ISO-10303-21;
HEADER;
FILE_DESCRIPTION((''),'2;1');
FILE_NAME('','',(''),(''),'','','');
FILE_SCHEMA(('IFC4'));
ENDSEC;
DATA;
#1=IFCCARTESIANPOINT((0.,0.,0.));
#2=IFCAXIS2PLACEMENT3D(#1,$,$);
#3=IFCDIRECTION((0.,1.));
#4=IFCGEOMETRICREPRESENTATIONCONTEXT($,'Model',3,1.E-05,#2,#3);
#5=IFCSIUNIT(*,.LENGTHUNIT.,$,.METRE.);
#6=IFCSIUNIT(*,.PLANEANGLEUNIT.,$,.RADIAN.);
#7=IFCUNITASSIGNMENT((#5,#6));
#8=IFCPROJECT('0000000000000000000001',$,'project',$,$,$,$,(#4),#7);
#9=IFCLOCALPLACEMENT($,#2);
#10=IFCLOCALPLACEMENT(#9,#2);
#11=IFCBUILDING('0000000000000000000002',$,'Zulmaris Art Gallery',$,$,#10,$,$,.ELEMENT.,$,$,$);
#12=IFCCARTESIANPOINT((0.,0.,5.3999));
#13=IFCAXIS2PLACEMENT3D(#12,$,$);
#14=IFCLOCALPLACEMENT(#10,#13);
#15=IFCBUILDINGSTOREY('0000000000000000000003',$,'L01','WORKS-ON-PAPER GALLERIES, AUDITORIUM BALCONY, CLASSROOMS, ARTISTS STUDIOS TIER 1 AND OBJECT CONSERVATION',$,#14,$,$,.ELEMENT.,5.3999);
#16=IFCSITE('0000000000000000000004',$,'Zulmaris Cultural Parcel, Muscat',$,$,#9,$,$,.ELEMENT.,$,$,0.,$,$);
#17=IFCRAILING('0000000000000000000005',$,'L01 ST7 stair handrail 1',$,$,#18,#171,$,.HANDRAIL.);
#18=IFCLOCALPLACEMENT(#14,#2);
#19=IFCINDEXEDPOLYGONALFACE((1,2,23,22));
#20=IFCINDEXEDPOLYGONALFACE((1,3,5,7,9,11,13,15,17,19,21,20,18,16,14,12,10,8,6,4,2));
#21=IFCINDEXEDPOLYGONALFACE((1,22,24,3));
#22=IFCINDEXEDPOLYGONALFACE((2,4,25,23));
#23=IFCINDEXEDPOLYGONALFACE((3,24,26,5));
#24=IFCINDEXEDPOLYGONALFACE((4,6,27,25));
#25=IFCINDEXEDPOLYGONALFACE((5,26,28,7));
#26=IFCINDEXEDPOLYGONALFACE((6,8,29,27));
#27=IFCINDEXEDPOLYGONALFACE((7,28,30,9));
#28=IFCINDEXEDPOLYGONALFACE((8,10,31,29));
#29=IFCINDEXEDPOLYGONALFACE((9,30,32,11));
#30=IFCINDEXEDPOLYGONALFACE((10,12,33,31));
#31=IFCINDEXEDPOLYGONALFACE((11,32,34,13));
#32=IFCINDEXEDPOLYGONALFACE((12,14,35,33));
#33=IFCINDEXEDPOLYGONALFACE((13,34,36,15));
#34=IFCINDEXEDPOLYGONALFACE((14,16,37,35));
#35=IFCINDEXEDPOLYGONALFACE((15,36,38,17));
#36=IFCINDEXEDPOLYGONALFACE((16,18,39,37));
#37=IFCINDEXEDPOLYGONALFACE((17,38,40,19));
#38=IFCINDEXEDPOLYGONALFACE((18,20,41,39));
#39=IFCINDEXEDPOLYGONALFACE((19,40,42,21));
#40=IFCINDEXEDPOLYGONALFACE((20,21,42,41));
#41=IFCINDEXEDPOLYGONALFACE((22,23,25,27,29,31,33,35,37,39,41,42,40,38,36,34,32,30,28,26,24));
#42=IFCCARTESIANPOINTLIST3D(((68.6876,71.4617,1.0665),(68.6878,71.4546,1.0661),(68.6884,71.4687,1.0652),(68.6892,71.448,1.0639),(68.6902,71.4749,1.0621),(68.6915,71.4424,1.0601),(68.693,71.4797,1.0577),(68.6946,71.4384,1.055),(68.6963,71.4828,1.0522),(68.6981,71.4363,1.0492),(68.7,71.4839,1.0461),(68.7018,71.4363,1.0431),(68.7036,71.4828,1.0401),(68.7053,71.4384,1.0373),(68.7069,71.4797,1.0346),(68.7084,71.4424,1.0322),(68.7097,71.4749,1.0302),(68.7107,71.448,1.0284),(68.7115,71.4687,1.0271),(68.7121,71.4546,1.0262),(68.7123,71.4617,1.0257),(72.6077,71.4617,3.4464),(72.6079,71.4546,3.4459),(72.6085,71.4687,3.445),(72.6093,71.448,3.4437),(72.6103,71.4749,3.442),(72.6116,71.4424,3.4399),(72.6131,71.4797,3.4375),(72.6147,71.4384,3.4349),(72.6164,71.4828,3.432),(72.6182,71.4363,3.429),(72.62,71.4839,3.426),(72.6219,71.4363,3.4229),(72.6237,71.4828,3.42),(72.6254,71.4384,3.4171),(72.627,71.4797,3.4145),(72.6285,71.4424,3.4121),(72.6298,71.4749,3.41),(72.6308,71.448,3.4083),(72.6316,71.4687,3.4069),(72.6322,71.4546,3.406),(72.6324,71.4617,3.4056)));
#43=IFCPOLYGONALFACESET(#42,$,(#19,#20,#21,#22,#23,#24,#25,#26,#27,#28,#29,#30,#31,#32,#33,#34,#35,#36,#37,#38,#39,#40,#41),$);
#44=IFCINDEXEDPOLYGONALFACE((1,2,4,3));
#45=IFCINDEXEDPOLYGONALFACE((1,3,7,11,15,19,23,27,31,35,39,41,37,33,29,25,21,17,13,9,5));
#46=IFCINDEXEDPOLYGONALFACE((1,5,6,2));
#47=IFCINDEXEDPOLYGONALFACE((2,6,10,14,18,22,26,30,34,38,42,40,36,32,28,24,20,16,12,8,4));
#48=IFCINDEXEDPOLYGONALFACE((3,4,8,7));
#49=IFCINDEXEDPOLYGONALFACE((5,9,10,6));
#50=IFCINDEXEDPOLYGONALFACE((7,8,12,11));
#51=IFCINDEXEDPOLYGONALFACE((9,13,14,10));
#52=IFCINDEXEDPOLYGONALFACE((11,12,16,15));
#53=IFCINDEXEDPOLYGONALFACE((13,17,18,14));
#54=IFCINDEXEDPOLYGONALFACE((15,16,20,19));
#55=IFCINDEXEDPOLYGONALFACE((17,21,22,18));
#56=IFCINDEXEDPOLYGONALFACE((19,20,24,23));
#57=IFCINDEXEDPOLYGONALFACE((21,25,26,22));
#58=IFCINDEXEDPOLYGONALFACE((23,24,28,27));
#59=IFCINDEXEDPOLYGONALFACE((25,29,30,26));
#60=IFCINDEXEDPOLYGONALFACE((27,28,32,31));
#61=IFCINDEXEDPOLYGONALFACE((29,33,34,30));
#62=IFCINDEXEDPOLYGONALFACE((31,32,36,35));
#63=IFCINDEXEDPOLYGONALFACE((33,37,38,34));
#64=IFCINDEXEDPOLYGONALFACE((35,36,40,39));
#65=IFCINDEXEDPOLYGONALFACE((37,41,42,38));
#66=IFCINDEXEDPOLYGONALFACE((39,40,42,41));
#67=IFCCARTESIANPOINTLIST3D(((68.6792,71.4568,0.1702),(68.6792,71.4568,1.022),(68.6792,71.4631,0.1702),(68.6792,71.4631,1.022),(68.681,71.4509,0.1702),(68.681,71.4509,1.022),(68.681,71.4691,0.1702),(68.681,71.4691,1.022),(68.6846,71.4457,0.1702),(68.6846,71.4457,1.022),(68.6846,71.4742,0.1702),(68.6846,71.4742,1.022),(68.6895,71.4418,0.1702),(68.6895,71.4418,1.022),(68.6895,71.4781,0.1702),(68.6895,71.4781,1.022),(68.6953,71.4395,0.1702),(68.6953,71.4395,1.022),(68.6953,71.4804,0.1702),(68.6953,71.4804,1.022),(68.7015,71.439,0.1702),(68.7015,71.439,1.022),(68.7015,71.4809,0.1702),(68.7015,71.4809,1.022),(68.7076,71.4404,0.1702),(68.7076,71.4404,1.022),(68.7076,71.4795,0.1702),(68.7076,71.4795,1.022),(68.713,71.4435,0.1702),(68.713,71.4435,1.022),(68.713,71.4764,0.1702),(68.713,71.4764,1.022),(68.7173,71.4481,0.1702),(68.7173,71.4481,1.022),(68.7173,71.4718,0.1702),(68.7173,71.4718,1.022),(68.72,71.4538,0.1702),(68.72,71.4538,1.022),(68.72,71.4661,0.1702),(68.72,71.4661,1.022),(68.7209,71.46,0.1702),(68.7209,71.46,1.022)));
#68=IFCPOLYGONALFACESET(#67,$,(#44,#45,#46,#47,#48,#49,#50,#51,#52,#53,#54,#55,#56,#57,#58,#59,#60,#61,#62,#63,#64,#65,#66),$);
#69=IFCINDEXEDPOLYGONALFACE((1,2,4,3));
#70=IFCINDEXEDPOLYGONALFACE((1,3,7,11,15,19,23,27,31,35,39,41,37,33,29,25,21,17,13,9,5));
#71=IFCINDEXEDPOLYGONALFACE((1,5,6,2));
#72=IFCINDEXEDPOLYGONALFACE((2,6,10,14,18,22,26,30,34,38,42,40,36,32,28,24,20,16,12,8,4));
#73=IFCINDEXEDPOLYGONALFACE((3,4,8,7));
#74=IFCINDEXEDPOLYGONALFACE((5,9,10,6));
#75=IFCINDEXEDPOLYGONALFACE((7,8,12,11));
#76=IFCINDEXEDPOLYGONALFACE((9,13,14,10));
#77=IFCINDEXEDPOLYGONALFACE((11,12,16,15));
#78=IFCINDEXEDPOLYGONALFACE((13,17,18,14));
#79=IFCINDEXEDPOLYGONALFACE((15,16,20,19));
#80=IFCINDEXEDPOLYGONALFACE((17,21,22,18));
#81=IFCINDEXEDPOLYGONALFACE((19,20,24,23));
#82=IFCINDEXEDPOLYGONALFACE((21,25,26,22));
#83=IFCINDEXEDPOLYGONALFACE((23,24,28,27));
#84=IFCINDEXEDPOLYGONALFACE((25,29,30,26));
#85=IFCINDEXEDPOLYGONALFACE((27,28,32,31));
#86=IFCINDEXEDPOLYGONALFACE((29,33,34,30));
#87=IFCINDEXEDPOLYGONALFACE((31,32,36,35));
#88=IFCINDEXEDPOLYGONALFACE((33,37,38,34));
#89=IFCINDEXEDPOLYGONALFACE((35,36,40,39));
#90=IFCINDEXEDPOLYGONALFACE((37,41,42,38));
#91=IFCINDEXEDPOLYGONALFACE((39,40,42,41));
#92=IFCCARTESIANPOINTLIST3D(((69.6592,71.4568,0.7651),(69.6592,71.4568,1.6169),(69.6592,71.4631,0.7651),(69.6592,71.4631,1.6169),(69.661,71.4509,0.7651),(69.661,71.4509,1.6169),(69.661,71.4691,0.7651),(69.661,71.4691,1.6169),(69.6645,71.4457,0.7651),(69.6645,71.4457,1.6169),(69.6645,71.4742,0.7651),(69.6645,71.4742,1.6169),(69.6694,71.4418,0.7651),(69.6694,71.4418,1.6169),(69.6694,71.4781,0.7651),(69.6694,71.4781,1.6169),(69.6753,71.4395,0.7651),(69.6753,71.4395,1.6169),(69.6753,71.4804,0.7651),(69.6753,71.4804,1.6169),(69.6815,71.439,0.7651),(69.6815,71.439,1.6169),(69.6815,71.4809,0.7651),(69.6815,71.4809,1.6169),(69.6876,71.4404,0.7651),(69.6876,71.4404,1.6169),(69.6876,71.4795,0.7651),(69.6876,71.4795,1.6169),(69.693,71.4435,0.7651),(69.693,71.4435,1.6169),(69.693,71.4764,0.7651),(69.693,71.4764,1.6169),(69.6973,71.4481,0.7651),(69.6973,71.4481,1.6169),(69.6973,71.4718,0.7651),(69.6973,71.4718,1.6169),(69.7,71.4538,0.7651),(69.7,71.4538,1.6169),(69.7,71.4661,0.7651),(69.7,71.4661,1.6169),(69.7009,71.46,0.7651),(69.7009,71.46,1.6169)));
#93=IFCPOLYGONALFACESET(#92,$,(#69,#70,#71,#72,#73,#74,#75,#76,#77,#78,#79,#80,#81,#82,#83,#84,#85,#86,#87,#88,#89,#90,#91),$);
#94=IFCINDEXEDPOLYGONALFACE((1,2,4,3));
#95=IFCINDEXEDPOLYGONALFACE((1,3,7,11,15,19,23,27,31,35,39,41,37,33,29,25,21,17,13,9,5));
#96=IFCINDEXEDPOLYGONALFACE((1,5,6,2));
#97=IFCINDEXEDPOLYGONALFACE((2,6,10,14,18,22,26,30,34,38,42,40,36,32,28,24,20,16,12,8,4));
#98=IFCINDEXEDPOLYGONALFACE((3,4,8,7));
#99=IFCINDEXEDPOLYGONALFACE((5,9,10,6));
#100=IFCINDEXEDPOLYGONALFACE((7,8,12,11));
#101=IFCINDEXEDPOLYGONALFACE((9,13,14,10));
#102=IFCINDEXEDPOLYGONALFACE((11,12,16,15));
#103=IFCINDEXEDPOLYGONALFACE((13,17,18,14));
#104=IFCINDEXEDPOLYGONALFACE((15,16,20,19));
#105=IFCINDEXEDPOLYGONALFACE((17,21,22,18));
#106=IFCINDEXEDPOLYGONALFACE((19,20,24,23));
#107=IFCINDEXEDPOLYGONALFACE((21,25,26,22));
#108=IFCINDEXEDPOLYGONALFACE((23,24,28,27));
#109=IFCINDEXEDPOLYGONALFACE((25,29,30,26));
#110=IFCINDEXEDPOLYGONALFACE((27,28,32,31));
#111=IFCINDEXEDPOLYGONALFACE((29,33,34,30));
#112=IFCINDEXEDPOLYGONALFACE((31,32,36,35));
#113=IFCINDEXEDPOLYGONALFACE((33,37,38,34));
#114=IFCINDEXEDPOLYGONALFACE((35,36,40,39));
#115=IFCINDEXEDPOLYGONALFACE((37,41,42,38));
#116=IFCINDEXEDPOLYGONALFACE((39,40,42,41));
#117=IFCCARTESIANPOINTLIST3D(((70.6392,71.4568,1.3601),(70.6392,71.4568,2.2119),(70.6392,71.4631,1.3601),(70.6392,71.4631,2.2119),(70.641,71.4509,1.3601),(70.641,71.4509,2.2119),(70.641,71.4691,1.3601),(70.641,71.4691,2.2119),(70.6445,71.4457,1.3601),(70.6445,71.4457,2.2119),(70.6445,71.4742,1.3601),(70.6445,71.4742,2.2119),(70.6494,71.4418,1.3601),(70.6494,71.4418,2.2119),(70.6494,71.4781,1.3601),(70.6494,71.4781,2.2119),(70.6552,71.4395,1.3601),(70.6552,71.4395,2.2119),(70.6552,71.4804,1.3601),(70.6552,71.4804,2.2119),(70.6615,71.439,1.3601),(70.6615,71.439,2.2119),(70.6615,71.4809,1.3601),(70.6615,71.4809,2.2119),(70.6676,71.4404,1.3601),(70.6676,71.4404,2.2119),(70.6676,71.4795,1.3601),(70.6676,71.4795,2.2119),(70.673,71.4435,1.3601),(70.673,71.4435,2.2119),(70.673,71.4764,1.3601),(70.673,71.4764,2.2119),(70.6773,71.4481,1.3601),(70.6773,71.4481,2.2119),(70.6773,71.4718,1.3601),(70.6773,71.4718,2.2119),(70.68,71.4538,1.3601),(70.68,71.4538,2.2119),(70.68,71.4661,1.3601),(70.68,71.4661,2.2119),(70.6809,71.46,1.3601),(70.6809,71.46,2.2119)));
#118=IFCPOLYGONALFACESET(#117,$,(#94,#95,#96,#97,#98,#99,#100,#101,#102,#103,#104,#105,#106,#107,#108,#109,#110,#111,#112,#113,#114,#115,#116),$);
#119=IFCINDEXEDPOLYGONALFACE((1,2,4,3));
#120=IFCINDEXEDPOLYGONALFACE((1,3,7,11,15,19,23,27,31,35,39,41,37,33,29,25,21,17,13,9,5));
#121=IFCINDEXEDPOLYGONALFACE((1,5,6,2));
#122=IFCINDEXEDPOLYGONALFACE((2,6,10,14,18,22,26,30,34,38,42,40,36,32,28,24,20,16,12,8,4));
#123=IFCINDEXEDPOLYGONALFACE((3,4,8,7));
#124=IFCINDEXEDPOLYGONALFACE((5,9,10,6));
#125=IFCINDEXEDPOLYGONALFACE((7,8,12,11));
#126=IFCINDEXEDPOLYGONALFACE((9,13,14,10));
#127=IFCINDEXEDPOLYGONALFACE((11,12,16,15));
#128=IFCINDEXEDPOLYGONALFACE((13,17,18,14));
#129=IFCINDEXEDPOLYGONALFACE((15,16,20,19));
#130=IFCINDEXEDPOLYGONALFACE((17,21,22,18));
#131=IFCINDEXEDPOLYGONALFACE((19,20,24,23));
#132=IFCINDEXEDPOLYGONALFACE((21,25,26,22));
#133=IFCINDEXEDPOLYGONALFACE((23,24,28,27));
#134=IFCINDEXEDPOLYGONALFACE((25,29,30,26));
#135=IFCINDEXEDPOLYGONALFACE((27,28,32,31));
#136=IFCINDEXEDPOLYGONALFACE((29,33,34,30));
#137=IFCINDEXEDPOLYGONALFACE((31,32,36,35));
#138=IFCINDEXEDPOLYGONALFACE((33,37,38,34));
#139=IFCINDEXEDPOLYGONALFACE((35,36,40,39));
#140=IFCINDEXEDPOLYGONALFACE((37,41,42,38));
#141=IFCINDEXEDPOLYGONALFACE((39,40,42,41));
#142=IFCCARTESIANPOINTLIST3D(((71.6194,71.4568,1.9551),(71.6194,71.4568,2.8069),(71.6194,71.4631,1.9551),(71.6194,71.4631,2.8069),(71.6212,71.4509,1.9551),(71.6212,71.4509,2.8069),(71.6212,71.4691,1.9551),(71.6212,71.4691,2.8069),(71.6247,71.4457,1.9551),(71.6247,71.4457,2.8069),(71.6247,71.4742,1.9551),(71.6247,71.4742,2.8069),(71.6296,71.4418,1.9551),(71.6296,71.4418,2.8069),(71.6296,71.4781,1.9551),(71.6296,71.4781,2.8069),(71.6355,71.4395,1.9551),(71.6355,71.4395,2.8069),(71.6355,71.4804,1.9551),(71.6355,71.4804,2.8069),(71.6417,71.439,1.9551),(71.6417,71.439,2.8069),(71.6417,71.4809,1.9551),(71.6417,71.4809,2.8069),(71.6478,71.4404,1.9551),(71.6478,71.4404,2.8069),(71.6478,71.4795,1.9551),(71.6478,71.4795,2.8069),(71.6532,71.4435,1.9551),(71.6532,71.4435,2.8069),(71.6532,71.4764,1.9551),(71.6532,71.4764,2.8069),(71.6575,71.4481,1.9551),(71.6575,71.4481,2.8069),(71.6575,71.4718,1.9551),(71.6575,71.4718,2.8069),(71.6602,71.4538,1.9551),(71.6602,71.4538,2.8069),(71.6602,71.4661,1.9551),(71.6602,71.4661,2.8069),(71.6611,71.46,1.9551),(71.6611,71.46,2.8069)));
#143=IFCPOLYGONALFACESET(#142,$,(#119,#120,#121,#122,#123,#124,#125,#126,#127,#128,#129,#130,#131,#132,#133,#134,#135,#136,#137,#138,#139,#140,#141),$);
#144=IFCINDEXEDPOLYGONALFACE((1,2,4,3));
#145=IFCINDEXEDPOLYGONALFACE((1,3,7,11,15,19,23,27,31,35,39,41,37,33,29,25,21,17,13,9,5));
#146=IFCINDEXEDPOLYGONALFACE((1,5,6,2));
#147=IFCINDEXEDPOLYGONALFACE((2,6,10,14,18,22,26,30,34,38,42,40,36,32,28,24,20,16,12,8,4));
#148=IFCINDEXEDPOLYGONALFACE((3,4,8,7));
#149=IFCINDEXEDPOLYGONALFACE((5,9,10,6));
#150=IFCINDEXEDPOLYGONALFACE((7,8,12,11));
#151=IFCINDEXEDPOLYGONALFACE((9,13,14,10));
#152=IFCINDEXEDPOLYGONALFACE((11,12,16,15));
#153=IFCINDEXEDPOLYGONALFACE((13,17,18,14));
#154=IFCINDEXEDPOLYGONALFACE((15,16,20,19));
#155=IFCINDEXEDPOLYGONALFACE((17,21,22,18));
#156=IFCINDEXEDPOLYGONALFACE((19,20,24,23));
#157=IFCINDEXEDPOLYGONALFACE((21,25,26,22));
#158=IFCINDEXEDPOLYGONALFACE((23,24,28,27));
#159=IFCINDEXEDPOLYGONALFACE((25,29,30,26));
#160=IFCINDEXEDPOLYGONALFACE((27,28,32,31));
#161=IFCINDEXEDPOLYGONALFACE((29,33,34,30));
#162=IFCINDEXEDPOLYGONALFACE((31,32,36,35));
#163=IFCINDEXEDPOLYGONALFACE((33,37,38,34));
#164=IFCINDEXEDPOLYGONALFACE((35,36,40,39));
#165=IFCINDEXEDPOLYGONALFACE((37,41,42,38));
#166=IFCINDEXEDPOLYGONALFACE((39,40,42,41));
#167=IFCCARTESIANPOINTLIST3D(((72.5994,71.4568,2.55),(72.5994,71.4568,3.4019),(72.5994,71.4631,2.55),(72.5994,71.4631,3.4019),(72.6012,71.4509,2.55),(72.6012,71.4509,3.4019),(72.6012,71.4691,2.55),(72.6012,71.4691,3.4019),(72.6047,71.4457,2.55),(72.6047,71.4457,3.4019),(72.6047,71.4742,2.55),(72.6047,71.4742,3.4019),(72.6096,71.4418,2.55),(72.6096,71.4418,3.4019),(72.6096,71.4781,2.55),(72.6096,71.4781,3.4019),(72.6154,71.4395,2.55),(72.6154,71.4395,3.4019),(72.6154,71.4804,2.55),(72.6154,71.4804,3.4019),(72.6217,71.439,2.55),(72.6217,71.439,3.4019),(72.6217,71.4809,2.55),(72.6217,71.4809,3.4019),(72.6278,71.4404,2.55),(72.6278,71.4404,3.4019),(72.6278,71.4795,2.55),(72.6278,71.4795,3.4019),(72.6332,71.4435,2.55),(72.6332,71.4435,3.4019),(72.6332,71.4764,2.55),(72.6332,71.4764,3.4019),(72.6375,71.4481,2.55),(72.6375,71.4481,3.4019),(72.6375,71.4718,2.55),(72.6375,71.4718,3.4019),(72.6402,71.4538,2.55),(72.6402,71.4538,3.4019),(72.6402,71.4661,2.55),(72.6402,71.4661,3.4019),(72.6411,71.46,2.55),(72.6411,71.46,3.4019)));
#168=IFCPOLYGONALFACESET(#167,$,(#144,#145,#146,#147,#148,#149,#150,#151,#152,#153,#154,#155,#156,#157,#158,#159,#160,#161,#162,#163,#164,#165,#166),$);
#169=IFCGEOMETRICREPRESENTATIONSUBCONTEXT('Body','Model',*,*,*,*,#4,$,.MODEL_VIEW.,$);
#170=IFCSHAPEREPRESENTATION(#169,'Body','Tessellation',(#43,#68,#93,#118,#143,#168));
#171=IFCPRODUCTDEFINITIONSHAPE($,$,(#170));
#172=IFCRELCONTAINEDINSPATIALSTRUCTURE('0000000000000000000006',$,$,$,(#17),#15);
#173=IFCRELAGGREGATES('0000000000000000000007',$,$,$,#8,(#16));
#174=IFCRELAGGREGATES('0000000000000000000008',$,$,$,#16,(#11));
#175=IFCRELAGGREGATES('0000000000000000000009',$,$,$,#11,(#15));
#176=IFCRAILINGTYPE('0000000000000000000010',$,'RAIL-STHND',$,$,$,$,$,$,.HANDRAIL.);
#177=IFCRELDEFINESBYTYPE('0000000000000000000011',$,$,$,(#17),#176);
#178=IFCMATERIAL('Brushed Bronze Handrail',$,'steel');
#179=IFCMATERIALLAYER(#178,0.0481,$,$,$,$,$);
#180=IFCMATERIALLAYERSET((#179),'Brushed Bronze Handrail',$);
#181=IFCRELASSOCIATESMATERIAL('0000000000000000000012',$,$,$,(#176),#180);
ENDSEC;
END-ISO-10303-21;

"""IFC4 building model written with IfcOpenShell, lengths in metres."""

from ifc_helpers import new_model, si_unit, direction, frame, origin, origin_2d, place, context, subcontext, project, spatial, circle, extrude, material, layer, layer_set, type_object, element, save


model = new_model("IFC4")

# Units and contexts
model_context = context("Model", 3, precision=1e-05, world=origin(), true_north=direction((0.0, 1.0)))
body_context = subcontext(model_context, "Body", "Model", "MODEL_VIEW")
ifc_project = project(units=[si_unit("LENGTHUNIT", "METRE"), si_unit("PLANEANGLEUNIT", "RADIAN")], contexts=[model_context])

# Site, building, storey
site_placement = place(None, origin())
site = spatial("IfcSite", under=ifc_project, at=site_placement, Name="Zulmaris Cultural Parcel, Muscat", CompositionType="ELEMENT", RefElevation=0.0)
building_placement = place(site_placement, origin())
building = spatial("IfcBuilding", under=site, at=building_placement, Name="Zulmaris Art Gallery", CompositionType="ELEMENT")
storey_placement = place(building_placement, frame((0.0, 0.0, 5.3999)))
storey = spatial("IfcBuildingStorey", under=building, at=storey_placement, Name="L01", Description="WORKS-ON-PAPER GALLERIES, AUDITORIUM BALCONY, CLASSROOMS, ARTISTS STUDIOS TIER 1 AND OBJECT CONSERVATION", CompositionType="ELEMENT", Elevation=5.3999)

# Railing
ifc_material_1 = material(Name="Brushed Bronze Handrail", Category="steel")
ifc_layer_1 = layer(ifc_material_1, 0.0481)
ifc_layer_set_1 = layer_set([ifc_layer_1], Name="Brushed Bronze Handrail")
railing_type_1 = type_object("IfcRailingType", Name="RAIL-STHND", PredefinedType="HANDRAIL", material=ifc_layer_set_1)
railing_1_placement = place(storey_placement, frame((68.7, 71.46, 0.1702)))
element("IfcRailing", 1, at=railing_1_placement, inside=storey, type_object=railing_type_1, Name="L01 ST7 stair handrail 1", PredefinedType="HANDRAIL", context=body_context, shape_type="SweptSolid", body=[
    extrude(circle(Radius=0.0239, at=origin_2d()), frame((0.0, 0.0, 0.876), z_axis=(0.854809, 0.0, 0.518943), x_axis=(0.0, 1.0, 0.0)), (0.0, 0.0, 1.0), 4.5859),
    extrude(circle(Radius=0.021, at=origin_2d()), origin(), (0.0, 0.0, 1.0), 0.8518),
    extrude(circle(Radius=0.021, at=origin_2d()), frame((0.98, 0.0, 0.595)), (0.0, 0.0, 1.0), 0.8518),
    extrude(circle(Radius=0.021, at=origin_2d()), frame((1.96, 0.0, 1.1899)), (0.0, 0.0, 1.0), 0.8518),
    extrude(circle(Radius=0.021, at=origin_2d()), frame((2.9402, 0.0, 1.7849)), (0.0, 0.0, 1.0), 0.8518),
    extrude(circle(Radius=0.021, at=origin_2d()), frame((3.9202, 0.0, 2.3799)), (0.0, 0.0, 1.0), 0.8518),
])

save(model, "model.ifc")
